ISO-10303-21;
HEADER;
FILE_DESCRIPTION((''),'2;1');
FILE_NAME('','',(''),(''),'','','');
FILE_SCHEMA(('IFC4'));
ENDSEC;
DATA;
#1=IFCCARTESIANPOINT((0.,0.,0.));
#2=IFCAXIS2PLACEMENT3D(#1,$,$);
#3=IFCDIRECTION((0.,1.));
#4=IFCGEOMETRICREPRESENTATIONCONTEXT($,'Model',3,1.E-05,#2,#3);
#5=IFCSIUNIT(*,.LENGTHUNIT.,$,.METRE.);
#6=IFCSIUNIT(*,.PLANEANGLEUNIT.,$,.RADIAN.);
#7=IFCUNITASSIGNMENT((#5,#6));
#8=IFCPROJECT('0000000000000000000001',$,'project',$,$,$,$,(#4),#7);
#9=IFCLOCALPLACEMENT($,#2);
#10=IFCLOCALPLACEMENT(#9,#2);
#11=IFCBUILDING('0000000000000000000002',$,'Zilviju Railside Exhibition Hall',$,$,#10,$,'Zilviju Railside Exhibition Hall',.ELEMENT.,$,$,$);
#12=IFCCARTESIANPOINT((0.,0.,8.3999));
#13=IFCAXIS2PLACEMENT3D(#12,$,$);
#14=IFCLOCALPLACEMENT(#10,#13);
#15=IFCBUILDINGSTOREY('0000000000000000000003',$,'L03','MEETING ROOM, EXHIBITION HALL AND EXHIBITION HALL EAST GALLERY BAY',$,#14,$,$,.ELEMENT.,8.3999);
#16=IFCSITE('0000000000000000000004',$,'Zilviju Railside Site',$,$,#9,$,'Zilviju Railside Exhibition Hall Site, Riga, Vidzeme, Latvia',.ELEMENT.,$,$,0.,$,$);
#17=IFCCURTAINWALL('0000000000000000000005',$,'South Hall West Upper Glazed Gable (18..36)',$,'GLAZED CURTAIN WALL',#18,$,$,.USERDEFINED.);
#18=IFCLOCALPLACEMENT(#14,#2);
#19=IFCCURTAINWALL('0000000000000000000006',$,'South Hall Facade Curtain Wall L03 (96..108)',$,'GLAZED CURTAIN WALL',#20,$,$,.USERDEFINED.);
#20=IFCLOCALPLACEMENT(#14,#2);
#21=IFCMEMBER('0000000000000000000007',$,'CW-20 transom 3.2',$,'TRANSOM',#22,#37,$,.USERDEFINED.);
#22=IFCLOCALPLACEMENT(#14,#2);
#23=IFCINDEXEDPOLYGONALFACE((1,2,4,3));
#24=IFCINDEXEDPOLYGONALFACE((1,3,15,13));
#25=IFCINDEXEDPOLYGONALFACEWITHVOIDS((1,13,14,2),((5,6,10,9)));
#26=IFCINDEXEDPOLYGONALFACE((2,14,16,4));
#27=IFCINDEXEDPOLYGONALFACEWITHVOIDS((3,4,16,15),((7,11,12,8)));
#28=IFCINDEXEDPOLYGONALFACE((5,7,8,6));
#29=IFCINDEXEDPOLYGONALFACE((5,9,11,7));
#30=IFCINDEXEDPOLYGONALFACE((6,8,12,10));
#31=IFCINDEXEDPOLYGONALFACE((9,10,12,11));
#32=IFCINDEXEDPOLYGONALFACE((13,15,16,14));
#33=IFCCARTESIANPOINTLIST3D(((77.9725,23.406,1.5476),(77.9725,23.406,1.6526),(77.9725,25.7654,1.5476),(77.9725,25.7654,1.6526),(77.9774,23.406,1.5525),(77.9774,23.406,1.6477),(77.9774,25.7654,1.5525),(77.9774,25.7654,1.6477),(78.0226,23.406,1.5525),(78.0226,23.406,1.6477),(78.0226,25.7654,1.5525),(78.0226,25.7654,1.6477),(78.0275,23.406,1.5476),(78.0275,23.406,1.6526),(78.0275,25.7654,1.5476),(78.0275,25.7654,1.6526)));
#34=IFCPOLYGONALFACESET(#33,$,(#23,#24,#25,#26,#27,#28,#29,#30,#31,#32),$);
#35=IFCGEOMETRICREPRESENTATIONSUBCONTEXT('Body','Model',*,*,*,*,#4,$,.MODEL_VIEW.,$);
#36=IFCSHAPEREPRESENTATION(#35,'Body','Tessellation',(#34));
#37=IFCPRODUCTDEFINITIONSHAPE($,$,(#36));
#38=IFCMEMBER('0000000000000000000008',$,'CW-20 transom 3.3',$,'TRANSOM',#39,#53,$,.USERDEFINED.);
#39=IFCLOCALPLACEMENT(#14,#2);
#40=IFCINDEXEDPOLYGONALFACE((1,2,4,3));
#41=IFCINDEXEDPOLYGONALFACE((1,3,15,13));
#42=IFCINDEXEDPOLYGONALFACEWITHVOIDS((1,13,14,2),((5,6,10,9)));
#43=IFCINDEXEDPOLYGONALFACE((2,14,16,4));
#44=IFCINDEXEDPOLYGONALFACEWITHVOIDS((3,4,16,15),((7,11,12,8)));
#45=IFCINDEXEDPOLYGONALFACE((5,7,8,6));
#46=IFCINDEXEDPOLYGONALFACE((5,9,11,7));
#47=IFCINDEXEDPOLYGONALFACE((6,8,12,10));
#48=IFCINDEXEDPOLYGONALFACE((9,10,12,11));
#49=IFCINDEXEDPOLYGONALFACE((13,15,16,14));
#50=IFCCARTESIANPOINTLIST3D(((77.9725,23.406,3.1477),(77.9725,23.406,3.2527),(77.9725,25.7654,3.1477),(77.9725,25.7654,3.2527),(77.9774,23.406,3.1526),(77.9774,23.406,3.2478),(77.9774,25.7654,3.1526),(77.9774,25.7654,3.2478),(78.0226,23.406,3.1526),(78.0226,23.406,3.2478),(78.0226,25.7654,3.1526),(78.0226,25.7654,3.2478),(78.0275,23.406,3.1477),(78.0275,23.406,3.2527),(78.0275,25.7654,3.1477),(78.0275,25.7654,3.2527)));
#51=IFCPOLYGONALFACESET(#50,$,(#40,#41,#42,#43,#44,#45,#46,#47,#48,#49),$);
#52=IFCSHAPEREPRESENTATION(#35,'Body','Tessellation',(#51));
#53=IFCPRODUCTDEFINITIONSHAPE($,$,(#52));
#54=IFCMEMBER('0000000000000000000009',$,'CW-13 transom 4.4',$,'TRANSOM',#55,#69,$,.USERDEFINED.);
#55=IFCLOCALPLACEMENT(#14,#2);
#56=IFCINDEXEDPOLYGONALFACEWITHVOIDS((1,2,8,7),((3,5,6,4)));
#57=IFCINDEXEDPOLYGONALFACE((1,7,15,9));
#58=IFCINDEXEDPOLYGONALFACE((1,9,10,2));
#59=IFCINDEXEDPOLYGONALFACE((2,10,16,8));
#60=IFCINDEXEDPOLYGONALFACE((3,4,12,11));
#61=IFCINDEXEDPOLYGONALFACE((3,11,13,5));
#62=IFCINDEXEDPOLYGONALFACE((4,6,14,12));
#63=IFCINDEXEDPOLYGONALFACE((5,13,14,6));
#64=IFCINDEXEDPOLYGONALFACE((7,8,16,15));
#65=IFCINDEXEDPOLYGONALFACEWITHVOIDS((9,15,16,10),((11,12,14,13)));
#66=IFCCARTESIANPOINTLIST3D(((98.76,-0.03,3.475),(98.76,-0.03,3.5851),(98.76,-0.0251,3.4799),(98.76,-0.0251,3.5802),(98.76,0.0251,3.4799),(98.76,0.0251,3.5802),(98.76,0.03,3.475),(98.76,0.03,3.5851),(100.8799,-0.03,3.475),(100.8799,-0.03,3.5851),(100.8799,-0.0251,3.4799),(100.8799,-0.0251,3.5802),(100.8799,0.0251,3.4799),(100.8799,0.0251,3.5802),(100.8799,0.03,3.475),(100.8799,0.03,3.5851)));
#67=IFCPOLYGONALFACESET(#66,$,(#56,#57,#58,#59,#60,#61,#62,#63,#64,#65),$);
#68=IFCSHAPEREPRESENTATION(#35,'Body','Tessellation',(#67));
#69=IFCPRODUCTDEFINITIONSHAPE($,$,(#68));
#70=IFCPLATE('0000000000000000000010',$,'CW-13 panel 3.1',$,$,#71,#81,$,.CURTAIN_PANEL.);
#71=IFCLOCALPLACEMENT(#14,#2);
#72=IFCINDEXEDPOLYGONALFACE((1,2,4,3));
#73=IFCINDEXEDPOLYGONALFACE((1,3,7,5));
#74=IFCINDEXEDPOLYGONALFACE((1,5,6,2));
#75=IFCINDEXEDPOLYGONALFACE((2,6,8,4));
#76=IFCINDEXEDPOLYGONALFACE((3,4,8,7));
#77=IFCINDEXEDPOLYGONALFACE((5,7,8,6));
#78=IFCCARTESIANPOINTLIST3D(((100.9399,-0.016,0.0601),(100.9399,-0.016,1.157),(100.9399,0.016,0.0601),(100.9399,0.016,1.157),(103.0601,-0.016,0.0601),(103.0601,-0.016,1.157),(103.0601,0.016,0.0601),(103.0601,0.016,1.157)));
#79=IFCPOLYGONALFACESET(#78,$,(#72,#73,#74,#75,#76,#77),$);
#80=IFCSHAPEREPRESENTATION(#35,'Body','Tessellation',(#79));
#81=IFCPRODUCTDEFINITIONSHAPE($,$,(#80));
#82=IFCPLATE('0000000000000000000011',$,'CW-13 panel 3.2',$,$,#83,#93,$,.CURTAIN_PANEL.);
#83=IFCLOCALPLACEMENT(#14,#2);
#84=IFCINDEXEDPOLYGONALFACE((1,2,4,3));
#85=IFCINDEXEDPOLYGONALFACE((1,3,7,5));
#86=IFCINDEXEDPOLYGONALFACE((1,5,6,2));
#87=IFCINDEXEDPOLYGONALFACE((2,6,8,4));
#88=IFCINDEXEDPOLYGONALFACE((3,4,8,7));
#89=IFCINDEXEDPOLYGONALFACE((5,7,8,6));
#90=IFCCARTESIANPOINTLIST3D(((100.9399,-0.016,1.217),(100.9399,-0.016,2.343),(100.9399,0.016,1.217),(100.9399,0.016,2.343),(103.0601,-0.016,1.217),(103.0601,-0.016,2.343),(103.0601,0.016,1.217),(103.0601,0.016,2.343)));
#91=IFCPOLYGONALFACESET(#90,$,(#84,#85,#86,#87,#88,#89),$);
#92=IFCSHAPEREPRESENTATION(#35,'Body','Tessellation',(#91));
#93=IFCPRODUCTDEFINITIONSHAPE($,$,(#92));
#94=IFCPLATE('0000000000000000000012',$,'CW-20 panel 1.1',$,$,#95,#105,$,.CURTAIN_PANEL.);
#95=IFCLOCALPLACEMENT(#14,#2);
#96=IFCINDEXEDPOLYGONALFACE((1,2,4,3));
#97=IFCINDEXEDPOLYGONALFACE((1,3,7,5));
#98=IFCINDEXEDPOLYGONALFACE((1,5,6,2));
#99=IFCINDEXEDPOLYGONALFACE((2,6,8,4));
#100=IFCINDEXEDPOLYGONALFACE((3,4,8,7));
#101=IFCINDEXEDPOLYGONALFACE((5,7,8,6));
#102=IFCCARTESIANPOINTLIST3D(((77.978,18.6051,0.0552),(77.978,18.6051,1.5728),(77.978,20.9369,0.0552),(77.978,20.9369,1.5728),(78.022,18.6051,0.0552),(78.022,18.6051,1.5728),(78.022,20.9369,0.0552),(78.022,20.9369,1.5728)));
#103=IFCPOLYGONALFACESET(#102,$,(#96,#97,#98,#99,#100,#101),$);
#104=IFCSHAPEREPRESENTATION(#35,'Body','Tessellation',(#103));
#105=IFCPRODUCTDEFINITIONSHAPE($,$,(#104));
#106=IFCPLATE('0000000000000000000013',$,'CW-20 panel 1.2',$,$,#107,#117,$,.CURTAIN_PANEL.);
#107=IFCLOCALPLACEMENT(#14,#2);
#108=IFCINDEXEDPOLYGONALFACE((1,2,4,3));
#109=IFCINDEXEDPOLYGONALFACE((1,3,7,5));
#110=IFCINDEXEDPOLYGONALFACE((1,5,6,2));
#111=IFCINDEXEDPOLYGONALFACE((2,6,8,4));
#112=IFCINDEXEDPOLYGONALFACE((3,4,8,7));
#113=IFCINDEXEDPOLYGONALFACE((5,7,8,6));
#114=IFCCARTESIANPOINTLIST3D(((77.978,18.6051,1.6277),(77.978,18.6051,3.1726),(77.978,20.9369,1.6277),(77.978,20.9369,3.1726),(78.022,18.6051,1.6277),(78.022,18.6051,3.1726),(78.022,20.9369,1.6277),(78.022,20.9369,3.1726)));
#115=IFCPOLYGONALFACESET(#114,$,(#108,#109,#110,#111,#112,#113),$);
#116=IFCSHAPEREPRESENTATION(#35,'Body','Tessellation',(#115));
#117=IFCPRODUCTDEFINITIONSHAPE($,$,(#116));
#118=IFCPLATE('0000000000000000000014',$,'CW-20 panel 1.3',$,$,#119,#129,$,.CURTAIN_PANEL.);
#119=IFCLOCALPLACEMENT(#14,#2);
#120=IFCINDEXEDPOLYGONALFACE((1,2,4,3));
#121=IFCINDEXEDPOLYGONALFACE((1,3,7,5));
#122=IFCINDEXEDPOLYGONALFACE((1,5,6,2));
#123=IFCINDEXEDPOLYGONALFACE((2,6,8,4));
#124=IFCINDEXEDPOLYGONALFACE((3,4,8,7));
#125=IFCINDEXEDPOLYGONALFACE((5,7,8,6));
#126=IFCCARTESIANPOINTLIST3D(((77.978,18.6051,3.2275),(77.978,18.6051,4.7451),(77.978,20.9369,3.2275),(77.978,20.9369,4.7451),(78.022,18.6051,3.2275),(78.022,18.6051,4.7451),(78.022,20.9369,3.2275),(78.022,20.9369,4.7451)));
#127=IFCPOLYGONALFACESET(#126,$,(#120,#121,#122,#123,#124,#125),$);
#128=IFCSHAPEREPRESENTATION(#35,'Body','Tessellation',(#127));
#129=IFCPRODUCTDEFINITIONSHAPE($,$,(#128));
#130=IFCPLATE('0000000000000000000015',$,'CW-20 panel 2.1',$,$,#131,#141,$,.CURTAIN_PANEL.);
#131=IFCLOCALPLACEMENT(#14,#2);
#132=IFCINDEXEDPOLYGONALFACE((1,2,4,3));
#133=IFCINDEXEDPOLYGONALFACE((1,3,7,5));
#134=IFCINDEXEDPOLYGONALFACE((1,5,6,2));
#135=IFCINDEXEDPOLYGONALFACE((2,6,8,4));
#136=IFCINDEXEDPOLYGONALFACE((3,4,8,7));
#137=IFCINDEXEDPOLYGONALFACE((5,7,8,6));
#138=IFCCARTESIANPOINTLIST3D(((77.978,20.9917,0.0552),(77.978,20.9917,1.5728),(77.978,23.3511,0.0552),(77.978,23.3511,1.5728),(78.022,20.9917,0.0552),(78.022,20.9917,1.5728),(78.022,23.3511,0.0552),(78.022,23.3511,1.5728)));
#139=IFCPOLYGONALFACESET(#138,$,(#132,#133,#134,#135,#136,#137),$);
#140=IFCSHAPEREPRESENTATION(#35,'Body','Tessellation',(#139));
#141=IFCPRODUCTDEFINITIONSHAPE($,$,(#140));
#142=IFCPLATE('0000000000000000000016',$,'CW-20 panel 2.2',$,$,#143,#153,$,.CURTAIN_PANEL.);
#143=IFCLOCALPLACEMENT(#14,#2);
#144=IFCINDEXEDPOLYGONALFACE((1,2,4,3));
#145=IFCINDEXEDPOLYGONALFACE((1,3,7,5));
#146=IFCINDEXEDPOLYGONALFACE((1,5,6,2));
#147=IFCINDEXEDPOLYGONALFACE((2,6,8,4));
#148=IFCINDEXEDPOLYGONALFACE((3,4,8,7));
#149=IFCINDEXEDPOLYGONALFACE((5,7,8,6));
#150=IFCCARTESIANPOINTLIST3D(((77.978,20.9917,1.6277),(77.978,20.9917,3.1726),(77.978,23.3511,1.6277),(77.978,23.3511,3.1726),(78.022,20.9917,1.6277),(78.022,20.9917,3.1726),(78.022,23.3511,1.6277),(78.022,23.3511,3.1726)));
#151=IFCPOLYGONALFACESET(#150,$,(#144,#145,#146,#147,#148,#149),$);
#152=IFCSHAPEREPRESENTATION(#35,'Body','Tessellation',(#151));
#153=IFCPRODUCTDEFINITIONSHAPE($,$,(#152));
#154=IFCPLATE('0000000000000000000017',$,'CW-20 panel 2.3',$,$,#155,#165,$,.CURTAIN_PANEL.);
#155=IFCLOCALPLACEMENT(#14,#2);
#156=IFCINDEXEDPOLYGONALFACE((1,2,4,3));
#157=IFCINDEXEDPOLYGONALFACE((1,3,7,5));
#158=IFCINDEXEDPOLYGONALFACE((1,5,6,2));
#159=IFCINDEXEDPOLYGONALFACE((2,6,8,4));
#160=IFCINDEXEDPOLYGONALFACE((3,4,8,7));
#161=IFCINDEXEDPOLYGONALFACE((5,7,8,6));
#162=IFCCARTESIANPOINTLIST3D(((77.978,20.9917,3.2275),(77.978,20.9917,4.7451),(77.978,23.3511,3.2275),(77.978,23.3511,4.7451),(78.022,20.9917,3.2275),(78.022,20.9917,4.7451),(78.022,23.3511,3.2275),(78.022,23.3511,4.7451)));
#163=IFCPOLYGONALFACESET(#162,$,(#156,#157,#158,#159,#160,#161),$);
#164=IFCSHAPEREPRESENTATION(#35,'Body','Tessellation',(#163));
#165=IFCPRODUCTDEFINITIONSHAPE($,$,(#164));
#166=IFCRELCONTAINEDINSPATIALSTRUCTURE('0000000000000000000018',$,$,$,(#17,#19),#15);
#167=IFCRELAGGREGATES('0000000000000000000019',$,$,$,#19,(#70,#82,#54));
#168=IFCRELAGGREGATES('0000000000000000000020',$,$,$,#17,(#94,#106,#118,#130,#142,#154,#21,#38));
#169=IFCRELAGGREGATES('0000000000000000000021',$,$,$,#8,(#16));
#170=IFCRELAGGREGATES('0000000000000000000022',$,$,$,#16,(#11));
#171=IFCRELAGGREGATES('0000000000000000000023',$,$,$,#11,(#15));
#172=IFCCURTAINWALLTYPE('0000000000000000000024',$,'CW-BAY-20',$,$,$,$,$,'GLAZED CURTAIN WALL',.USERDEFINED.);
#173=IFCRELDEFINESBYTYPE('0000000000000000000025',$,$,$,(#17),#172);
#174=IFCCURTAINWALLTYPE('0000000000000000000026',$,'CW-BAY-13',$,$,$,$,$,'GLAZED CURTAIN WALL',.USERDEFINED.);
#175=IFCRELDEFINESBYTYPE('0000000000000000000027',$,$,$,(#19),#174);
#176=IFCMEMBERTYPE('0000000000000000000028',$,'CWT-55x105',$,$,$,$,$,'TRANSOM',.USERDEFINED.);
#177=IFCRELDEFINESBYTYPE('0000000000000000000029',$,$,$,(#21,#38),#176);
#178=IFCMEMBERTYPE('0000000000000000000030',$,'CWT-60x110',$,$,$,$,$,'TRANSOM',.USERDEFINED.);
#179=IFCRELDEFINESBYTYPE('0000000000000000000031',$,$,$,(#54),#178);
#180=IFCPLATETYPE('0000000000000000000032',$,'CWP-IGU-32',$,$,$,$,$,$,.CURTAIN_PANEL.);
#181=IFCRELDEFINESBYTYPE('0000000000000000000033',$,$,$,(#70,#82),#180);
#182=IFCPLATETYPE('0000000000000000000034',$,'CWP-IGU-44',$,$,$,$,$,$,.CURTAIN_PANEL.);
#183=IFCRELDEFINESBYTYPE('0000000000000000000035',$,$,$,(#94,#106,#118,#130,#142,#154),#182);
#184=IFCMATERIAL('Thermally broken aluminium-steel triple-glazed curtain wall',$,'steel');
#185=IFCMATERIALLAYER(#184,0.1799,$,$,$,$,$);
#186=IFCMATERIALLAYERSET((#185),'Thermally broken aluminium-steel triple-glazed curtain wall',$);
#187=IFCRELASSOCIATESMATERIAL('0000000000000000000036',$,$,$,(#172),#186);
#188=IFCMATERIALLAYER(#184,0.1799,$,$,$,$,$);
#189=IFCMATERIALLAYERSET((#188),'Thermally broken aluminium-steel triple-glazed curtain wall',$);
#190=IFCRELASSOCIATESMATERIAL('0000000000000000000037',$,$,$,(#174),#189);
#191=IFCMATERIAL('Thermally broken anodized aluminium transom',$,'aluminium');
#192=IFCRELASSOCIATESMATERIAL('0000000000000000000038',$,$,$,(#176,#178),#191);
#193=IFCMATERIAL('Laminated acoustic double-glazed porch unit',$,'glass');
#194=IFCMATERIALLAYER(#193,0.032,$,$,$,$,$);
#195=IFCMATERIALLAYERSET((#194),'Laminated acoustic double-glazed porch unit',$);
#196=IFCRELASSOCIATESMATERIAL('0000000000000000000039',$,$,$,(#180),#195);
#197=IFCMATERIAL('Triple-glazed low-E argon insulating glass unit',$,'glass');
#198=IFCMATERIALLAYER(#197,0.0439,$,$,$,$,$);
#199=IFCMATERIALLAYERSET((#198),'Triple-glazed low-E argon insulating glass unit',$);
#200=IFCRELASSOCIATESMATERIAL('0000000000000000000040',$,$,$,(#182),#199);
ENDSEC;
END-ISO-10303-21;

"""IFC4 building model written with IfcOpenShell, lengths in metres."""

from ifc_helpers import new_model, si_unit, direction, frame, origin, origin_2d, place, context, subcontext, project, spatial, rectangle, hollow_rectangle, extrude, material, layer, layer_set, material_profile, profile_set, type_object, element, aggregate, save


model = new_model("IFC4")

# Units and contexts
model_context = context("Model", 3, precision=1e-05, world=origin(), true_north=direction((0.0, 1.0)))
body_context = subcontext(model_context, "Body", "Model", "MODEL_VIEW")
ifc_project = project(units=[si_unit("LENGTHUNIT", "METRE"), si_unit("PLANEANGLEUNIT", "RADIAN")], contexts=[model_context])

# Site, building, storey
site_placement = place(None, origin())
site = spatial("IfcSite", under=ifc_project, at=site_placement, Name="Zilviju Railside Site", LongName="Zilviju Railside Exhibition Hall Site, Riga, Vidzeme, Latvia", CompositionType="ELEMENT", RefElevation=0.0)
building_placement = place(site_placement, origin())
building = spatial("IfcBuilding", under=site, at=building_placement, Name="Zilviju Railside Exhibition Hall", LongName="Zilviju Railside Exhibition Hall", CompositionType="ELEMENT")
storey_placement = place(building_placement, frame((0.0, 0.0, 8.3999)))
storey = spatial("IfcBuildingStorey", under=building, at=storey_placement, Name="L03", Description="MEETING ROOM, EXHIBITION HALL AND EXHIBITION HALL EAST GALLERY BAY", CompositionType="ELEMENT", Elevation=8.3999)

# Curtain wall
ifc_material_1 = material(Name="Thermally broken aluminium-steel triple-glazed curtain wall", Category="steel")
ifc_layer_1 = layer(ifc_material_1, 0.1799)
ifc_layer_set_1 = layer_set([ifc_layer_1], Name="Thermally broken aluminium-steel triple-glazed curtain wall")
curtain_wall_type_1 = type_object("IfcCurtainWallType", Name="CW-BAY-20", ElementType="GLAZED CURTAIN WALL", PredefinedType="USERDEFINED", material=ifc_layer_set_1)
curtain_wall_1_placement = place(storey_placement, origin())
curtain_wall_1 = element("IfcCurtainWall", 1, at=curtain_wall_1_placement, inside=storey, type_object=curtain_wall_type_1, Name="South Hall West Upper Glazed Gable (18..36)", ObjectType="GLAZED CURTAIN WALL", PredefinedType="USERDEFINED")

# Curtain wall
ifc_layer_2 = layer(ifc_material_1, 0.1799)
ifc_layer_set_2 = layer_set([ifc_layer_2], Name="Thermally broken aluminium-steel triple-glazed curtain wall")
curtain_wall_type_2 = type_object("IfcCurtainWallType", Name="CW-BAY-13", ElementType="GLAZED CURTAIN WALL", PredefinedType="USERDEFINED", material=ifc_layer_set_2)
curtain_wall_2_placement = place(storey_placement, origin())
curtain_wall_2 = element("IfcCurtainWall", 2, at=curtain_wall_2_placement, inside=storey, type_object=curtain_wall_type_2, Name="South Hall Facade Curtain Wall L03 (96..108)", ObjectType="GLAZED CURTAIN WALL", PredefinedType="USERDEFINED")

# Members
ifc_material_2 = material(Name="Thermally broken anodized aluminium transom", Category="aluminium")
ifc_material_profile_1 = material_profile(ifc_material_2, hollow_rectangle(XDim=0.0549, YDim=0.105, WallThickness=0.0049, at=origin_2d()), Name="TRANSOM 105x55x5")
ifc_profile_set_1 = profile_set([ifc_material_profile_1], Name="Thermally broken anodized aluminium transom")
member_type_1 = type_object("IfcMemberType", Name="CWT-55x105", ElementType="TRANSOM", PredefinedType="USERDEFINED", material=ifc_profile_set_1)
member_1_placement = place(storey_placement, frame((78.0, 23.406, 1.6001), z_axis=(0.0, 1.0, 0.0), x_axis=(-1.0, 0.0, 0.0)))
member_1 = element("IfcMember", 3, at=member_1_placement, type_object=member_type_1, Name="CW-20 transom 3.2", ObjectType="TRANSOM", PredefinedType="USERDEFINED", context=body_context, shape_type="SweptSolid", body=[
    extrude(hollow_rectangle(XDim=0.0549, YDim=0.105, WallThickness=0.0049, at=origin_2d()), origin(), (0.0, 0.0, 1.0), 2.3594),
])
member_2_placement = place(storey_placement, frame((78.0, 23.406, 3.2002), z_axis=(0.0, 1.0, 0.0), x_axis=(-1.0, 0.0, 0.0)))
member_2 = element("IfcMember", 4, at=member_2_placement, type_object=member_type_1, Name="CW-20 transom 3.3", ObjectType="TRANSOM", PredefinedType="USERDEFINED", context=body_context, shape_type="SweptSolid", body=[
    extrude(hollow_rectangle(XDim=0.0549, YDim=0.105, WallThickness=0.0049, at=origin_2d()), origin(), (0.0, 0.0, 1.0), 2.3594),
])
ifc_material_profile_2 = material_profile(ifc_material_2, hollow_rectangle(XDim=0.0601, YDim=0.1101, WallThickness=0.0049, at=origin_2d()), Name="TRANSOM 110x60x5")
ifc_profile_set_2 = profile_set([ifc_material_profile_2], Name="Thermally broken anodized aluminium transom")
member_type_2 = type_object("IfcMemberType", Name="CWT-60x110", ElementType="TRANSOM", PredefinedType="USERDEFINED", material=ifc_profile_set_2)
member_3_placement = place(storey_placement, frame((100.8799, 0.0, 3.53), z_axis=(-1.0, 0.0, 0.0), x_axis=(0.0, -1.0, 0.0)))
member_3 = element("IfcMember", 5, at=member_3_placement, type_object=member_type_2, Name="CW-13 transom 4.4", ObjectType="TRANSOM", PredefinedType="USERDEFINED", context=body_context, shape_type="SweptSolid", body=[
    extrude(hollow_rectangle(XDim=0.0601, YDim=0.1101, WallThickness=0.0049, at=origin_2d()), origin(), (0.0, 0.0, 1.0), 2.1199),
])

# Plates
ifc_material_3 = material(Name="Laminated acoustic double-glazed porch unit", Category="glass")
ifc_layer_3 = layer(ifc_material_3, 0.032)
ifc_layer_set_3 = layer_set([ifc_layer_3], Name="Laminated acoustic double-glazed porch unit")
plate_type_1 = type_object("IfcPlateType", Name="CWP-IGU-32", PredefinedType="CURTAIN_PANEL", material=ifc_layer_set_3)
plate_1_placement = place(storey_placement, frame((102.0, 0.0, 0.0601), z_axis=(0.0, 0.0, 1.0), x_axis=(-1.0, 0.0, 0.0)))
plate_1 = element("IfcPlate", 6, at=plate_1_placement, type_object=plate_type_1, Name="CW-13 panel 3.1", PredefinedType="CURTAIN_PANEL", context=body_context, shape_type="SweptSolid", body=[
    extrude(rectangle(XDim=2.1201, YDim=0.032, at=origin_2d()), origin(), (0.0, 0.0, 1.0), 1.0969),
])
plate_2_placement = place(storey_placement, frame((102.0, 0.0, 1.217), z_axis=(0.0, 0.0, 1.0), x_axis=(-1.0, 0.0, 0.0)))
plate_2 = element("IfcPlate", 7, at=plate_2_placement, type_object=plate_type_1, Name="CW-13 panel 3.2", PredefinedType="CURTAIN_PANEL", context=body_context, shape_type="SweptSolid", body=[
    extrude(rectangle(XDim=2.1201, YDim=0.032, at=origin_2d()), origin(), (0.0, 0.0, 1.0), 1.126),
])
aggregate(curtain_wall_2, [plate_1, plate_2, member_3])
ifc_material_4 = material(Name="Triple-glazed low-E argon insulating glass unit", Category="glass")
ifc_layer_4 = layer(ifc_material_4, 0.0439)
ifc_layer_set_4 = layer_set([ifc_layer_4], Name="Triple-glazed low-E argon insulating glass unit")
plate_type_2 = type_object("IfcPlateType", Name="CWP-IGU-44", PredefinedType="CURTAIN_PANEL", material=ifc_layer_set_4)
plate_3_placement = place(storey_placement, frame((78.0, 19.771, 0.0552), z_axis=(0.0, 0.0, 1.0), x_axis=(0.0, 1.0, 0.0)))
plate_3 = element("IfcPlate", 8, at=plate_3_placement, type_object=plate_type_2, Name="CW-20 panel 1.1", PredefinedType="CURTAIN_PANEL", context=body_context, shape_type="SweptSolid", body=[
    extrude(rectangle(XDim=2.3318, YDim=0.0439, at=origin_2d()), origin(), (0.0, 0.0, 1.0), 1.5176),
])
plate_4_placement = place(storey_placement, frame((78.0, 19.771, 1.6277), z_axis=(0.0, 0.0, 1.0), x_axis=(0.0, 1.0, 0.0)))
plate_4 = element("IfcPlate", 9, at=plate_4_placement, type_object=plate_type_2, Name="CW-20 panel 1.2", PredefinedType="CURTAIN_PANEL", context=body_context, shape_type="SweptSolid", body=[
    extrude(rectangle(XDim=2.3318, YDim=0.0439, at=origin_2d()), origin(), (0.0, 0.0, 1.0), 1.5449),
])
plate_5_placement = place(storey_placement, frame((78.0, 19.771, 3.2275), z_axis=(0.0, 0.0, 1.0), x_axis=(0.0, 1.0, 0.0)))
plate_5 = element("IfcPlate", 10, at=plate_5_placement, type_object=plate_type_2, Name="CW-20 panel 1.3", PredefinedType="CURTAIN_PANEL", context=body_context, shape_type="SweptSolid", body=[
    extrude(rectangle(XDim=2.3318, YDim=0.0439, at=origin_2d()), origin(), (0.0, 0.0, 1.0), 1.5176),
])
plate_6_placement = place(storey_placement, frame((78.0, 22.1714, 0.0552), z_axis=(0.0, 0.0, 1.0), x_axis=(0.0, 1.0, 0.0)))
plate_6 = element("IfcPlate", 11, at=plate_6_placement, type_object=plate_type_2, Name="CW-20 panel 2.1", PredefinedType="CURTAIN_PANEL", context=body_context, shape_type="SweptSolid", body=[
    extrude(rectangle(XDim=2.3594, YDim=0.0439, at=origin_2d()), origin(), (0.0, 0.0, 1.0), 1.5176),
])
plate_7_placement = place(storey_placement, frame((78.0, 22.1714, 1.6277), z_axis=(0.0, 0.0, 1.0), x_axis=(0.0, 1.0, 0.0)))
plate_7 = element("IfcPlate", 12, at=plate_7_placement, type_object=plate_type_2, Name="CW-20 panel 2.2", PredefinedType="CURTAIN_PANEL", context=body_context, shape_type="SweptSolid", body=[
    extrude(rectangle(XDim=2.3594, YDim=0.0439, at=origin_2d()), origin(), (0.0, 0.0, 1.0), 1.5449),
])
plate_8_placement = place(storey_placement, frame((78.0, 22.1714, 3.2275), z_axis=(0.0, 0.0, 1.0), x_axis=(0.0, 1.0, 0.0)))
plate_8 = element("IfcPlate", 13, at=plate_8_placement, type_object=plate_type_2, Name="CW-20 panel 2.3", PredefinedType="CURTAIN_PANEL", context=body_context, shape_type="SweptSolid", body=[
    extrude(rectangle(XDim=2.3594, YDim=0.0439, at=origin_2d()), origin(), (0.0, 0.0, 1.0), 1.5176),
])
aggregate(curtain_wall_1, [plate_3, plate_4, plate_5, plate_6, plate_7, plate_8, member_1, member_2])

save(model, "model.ifc")
